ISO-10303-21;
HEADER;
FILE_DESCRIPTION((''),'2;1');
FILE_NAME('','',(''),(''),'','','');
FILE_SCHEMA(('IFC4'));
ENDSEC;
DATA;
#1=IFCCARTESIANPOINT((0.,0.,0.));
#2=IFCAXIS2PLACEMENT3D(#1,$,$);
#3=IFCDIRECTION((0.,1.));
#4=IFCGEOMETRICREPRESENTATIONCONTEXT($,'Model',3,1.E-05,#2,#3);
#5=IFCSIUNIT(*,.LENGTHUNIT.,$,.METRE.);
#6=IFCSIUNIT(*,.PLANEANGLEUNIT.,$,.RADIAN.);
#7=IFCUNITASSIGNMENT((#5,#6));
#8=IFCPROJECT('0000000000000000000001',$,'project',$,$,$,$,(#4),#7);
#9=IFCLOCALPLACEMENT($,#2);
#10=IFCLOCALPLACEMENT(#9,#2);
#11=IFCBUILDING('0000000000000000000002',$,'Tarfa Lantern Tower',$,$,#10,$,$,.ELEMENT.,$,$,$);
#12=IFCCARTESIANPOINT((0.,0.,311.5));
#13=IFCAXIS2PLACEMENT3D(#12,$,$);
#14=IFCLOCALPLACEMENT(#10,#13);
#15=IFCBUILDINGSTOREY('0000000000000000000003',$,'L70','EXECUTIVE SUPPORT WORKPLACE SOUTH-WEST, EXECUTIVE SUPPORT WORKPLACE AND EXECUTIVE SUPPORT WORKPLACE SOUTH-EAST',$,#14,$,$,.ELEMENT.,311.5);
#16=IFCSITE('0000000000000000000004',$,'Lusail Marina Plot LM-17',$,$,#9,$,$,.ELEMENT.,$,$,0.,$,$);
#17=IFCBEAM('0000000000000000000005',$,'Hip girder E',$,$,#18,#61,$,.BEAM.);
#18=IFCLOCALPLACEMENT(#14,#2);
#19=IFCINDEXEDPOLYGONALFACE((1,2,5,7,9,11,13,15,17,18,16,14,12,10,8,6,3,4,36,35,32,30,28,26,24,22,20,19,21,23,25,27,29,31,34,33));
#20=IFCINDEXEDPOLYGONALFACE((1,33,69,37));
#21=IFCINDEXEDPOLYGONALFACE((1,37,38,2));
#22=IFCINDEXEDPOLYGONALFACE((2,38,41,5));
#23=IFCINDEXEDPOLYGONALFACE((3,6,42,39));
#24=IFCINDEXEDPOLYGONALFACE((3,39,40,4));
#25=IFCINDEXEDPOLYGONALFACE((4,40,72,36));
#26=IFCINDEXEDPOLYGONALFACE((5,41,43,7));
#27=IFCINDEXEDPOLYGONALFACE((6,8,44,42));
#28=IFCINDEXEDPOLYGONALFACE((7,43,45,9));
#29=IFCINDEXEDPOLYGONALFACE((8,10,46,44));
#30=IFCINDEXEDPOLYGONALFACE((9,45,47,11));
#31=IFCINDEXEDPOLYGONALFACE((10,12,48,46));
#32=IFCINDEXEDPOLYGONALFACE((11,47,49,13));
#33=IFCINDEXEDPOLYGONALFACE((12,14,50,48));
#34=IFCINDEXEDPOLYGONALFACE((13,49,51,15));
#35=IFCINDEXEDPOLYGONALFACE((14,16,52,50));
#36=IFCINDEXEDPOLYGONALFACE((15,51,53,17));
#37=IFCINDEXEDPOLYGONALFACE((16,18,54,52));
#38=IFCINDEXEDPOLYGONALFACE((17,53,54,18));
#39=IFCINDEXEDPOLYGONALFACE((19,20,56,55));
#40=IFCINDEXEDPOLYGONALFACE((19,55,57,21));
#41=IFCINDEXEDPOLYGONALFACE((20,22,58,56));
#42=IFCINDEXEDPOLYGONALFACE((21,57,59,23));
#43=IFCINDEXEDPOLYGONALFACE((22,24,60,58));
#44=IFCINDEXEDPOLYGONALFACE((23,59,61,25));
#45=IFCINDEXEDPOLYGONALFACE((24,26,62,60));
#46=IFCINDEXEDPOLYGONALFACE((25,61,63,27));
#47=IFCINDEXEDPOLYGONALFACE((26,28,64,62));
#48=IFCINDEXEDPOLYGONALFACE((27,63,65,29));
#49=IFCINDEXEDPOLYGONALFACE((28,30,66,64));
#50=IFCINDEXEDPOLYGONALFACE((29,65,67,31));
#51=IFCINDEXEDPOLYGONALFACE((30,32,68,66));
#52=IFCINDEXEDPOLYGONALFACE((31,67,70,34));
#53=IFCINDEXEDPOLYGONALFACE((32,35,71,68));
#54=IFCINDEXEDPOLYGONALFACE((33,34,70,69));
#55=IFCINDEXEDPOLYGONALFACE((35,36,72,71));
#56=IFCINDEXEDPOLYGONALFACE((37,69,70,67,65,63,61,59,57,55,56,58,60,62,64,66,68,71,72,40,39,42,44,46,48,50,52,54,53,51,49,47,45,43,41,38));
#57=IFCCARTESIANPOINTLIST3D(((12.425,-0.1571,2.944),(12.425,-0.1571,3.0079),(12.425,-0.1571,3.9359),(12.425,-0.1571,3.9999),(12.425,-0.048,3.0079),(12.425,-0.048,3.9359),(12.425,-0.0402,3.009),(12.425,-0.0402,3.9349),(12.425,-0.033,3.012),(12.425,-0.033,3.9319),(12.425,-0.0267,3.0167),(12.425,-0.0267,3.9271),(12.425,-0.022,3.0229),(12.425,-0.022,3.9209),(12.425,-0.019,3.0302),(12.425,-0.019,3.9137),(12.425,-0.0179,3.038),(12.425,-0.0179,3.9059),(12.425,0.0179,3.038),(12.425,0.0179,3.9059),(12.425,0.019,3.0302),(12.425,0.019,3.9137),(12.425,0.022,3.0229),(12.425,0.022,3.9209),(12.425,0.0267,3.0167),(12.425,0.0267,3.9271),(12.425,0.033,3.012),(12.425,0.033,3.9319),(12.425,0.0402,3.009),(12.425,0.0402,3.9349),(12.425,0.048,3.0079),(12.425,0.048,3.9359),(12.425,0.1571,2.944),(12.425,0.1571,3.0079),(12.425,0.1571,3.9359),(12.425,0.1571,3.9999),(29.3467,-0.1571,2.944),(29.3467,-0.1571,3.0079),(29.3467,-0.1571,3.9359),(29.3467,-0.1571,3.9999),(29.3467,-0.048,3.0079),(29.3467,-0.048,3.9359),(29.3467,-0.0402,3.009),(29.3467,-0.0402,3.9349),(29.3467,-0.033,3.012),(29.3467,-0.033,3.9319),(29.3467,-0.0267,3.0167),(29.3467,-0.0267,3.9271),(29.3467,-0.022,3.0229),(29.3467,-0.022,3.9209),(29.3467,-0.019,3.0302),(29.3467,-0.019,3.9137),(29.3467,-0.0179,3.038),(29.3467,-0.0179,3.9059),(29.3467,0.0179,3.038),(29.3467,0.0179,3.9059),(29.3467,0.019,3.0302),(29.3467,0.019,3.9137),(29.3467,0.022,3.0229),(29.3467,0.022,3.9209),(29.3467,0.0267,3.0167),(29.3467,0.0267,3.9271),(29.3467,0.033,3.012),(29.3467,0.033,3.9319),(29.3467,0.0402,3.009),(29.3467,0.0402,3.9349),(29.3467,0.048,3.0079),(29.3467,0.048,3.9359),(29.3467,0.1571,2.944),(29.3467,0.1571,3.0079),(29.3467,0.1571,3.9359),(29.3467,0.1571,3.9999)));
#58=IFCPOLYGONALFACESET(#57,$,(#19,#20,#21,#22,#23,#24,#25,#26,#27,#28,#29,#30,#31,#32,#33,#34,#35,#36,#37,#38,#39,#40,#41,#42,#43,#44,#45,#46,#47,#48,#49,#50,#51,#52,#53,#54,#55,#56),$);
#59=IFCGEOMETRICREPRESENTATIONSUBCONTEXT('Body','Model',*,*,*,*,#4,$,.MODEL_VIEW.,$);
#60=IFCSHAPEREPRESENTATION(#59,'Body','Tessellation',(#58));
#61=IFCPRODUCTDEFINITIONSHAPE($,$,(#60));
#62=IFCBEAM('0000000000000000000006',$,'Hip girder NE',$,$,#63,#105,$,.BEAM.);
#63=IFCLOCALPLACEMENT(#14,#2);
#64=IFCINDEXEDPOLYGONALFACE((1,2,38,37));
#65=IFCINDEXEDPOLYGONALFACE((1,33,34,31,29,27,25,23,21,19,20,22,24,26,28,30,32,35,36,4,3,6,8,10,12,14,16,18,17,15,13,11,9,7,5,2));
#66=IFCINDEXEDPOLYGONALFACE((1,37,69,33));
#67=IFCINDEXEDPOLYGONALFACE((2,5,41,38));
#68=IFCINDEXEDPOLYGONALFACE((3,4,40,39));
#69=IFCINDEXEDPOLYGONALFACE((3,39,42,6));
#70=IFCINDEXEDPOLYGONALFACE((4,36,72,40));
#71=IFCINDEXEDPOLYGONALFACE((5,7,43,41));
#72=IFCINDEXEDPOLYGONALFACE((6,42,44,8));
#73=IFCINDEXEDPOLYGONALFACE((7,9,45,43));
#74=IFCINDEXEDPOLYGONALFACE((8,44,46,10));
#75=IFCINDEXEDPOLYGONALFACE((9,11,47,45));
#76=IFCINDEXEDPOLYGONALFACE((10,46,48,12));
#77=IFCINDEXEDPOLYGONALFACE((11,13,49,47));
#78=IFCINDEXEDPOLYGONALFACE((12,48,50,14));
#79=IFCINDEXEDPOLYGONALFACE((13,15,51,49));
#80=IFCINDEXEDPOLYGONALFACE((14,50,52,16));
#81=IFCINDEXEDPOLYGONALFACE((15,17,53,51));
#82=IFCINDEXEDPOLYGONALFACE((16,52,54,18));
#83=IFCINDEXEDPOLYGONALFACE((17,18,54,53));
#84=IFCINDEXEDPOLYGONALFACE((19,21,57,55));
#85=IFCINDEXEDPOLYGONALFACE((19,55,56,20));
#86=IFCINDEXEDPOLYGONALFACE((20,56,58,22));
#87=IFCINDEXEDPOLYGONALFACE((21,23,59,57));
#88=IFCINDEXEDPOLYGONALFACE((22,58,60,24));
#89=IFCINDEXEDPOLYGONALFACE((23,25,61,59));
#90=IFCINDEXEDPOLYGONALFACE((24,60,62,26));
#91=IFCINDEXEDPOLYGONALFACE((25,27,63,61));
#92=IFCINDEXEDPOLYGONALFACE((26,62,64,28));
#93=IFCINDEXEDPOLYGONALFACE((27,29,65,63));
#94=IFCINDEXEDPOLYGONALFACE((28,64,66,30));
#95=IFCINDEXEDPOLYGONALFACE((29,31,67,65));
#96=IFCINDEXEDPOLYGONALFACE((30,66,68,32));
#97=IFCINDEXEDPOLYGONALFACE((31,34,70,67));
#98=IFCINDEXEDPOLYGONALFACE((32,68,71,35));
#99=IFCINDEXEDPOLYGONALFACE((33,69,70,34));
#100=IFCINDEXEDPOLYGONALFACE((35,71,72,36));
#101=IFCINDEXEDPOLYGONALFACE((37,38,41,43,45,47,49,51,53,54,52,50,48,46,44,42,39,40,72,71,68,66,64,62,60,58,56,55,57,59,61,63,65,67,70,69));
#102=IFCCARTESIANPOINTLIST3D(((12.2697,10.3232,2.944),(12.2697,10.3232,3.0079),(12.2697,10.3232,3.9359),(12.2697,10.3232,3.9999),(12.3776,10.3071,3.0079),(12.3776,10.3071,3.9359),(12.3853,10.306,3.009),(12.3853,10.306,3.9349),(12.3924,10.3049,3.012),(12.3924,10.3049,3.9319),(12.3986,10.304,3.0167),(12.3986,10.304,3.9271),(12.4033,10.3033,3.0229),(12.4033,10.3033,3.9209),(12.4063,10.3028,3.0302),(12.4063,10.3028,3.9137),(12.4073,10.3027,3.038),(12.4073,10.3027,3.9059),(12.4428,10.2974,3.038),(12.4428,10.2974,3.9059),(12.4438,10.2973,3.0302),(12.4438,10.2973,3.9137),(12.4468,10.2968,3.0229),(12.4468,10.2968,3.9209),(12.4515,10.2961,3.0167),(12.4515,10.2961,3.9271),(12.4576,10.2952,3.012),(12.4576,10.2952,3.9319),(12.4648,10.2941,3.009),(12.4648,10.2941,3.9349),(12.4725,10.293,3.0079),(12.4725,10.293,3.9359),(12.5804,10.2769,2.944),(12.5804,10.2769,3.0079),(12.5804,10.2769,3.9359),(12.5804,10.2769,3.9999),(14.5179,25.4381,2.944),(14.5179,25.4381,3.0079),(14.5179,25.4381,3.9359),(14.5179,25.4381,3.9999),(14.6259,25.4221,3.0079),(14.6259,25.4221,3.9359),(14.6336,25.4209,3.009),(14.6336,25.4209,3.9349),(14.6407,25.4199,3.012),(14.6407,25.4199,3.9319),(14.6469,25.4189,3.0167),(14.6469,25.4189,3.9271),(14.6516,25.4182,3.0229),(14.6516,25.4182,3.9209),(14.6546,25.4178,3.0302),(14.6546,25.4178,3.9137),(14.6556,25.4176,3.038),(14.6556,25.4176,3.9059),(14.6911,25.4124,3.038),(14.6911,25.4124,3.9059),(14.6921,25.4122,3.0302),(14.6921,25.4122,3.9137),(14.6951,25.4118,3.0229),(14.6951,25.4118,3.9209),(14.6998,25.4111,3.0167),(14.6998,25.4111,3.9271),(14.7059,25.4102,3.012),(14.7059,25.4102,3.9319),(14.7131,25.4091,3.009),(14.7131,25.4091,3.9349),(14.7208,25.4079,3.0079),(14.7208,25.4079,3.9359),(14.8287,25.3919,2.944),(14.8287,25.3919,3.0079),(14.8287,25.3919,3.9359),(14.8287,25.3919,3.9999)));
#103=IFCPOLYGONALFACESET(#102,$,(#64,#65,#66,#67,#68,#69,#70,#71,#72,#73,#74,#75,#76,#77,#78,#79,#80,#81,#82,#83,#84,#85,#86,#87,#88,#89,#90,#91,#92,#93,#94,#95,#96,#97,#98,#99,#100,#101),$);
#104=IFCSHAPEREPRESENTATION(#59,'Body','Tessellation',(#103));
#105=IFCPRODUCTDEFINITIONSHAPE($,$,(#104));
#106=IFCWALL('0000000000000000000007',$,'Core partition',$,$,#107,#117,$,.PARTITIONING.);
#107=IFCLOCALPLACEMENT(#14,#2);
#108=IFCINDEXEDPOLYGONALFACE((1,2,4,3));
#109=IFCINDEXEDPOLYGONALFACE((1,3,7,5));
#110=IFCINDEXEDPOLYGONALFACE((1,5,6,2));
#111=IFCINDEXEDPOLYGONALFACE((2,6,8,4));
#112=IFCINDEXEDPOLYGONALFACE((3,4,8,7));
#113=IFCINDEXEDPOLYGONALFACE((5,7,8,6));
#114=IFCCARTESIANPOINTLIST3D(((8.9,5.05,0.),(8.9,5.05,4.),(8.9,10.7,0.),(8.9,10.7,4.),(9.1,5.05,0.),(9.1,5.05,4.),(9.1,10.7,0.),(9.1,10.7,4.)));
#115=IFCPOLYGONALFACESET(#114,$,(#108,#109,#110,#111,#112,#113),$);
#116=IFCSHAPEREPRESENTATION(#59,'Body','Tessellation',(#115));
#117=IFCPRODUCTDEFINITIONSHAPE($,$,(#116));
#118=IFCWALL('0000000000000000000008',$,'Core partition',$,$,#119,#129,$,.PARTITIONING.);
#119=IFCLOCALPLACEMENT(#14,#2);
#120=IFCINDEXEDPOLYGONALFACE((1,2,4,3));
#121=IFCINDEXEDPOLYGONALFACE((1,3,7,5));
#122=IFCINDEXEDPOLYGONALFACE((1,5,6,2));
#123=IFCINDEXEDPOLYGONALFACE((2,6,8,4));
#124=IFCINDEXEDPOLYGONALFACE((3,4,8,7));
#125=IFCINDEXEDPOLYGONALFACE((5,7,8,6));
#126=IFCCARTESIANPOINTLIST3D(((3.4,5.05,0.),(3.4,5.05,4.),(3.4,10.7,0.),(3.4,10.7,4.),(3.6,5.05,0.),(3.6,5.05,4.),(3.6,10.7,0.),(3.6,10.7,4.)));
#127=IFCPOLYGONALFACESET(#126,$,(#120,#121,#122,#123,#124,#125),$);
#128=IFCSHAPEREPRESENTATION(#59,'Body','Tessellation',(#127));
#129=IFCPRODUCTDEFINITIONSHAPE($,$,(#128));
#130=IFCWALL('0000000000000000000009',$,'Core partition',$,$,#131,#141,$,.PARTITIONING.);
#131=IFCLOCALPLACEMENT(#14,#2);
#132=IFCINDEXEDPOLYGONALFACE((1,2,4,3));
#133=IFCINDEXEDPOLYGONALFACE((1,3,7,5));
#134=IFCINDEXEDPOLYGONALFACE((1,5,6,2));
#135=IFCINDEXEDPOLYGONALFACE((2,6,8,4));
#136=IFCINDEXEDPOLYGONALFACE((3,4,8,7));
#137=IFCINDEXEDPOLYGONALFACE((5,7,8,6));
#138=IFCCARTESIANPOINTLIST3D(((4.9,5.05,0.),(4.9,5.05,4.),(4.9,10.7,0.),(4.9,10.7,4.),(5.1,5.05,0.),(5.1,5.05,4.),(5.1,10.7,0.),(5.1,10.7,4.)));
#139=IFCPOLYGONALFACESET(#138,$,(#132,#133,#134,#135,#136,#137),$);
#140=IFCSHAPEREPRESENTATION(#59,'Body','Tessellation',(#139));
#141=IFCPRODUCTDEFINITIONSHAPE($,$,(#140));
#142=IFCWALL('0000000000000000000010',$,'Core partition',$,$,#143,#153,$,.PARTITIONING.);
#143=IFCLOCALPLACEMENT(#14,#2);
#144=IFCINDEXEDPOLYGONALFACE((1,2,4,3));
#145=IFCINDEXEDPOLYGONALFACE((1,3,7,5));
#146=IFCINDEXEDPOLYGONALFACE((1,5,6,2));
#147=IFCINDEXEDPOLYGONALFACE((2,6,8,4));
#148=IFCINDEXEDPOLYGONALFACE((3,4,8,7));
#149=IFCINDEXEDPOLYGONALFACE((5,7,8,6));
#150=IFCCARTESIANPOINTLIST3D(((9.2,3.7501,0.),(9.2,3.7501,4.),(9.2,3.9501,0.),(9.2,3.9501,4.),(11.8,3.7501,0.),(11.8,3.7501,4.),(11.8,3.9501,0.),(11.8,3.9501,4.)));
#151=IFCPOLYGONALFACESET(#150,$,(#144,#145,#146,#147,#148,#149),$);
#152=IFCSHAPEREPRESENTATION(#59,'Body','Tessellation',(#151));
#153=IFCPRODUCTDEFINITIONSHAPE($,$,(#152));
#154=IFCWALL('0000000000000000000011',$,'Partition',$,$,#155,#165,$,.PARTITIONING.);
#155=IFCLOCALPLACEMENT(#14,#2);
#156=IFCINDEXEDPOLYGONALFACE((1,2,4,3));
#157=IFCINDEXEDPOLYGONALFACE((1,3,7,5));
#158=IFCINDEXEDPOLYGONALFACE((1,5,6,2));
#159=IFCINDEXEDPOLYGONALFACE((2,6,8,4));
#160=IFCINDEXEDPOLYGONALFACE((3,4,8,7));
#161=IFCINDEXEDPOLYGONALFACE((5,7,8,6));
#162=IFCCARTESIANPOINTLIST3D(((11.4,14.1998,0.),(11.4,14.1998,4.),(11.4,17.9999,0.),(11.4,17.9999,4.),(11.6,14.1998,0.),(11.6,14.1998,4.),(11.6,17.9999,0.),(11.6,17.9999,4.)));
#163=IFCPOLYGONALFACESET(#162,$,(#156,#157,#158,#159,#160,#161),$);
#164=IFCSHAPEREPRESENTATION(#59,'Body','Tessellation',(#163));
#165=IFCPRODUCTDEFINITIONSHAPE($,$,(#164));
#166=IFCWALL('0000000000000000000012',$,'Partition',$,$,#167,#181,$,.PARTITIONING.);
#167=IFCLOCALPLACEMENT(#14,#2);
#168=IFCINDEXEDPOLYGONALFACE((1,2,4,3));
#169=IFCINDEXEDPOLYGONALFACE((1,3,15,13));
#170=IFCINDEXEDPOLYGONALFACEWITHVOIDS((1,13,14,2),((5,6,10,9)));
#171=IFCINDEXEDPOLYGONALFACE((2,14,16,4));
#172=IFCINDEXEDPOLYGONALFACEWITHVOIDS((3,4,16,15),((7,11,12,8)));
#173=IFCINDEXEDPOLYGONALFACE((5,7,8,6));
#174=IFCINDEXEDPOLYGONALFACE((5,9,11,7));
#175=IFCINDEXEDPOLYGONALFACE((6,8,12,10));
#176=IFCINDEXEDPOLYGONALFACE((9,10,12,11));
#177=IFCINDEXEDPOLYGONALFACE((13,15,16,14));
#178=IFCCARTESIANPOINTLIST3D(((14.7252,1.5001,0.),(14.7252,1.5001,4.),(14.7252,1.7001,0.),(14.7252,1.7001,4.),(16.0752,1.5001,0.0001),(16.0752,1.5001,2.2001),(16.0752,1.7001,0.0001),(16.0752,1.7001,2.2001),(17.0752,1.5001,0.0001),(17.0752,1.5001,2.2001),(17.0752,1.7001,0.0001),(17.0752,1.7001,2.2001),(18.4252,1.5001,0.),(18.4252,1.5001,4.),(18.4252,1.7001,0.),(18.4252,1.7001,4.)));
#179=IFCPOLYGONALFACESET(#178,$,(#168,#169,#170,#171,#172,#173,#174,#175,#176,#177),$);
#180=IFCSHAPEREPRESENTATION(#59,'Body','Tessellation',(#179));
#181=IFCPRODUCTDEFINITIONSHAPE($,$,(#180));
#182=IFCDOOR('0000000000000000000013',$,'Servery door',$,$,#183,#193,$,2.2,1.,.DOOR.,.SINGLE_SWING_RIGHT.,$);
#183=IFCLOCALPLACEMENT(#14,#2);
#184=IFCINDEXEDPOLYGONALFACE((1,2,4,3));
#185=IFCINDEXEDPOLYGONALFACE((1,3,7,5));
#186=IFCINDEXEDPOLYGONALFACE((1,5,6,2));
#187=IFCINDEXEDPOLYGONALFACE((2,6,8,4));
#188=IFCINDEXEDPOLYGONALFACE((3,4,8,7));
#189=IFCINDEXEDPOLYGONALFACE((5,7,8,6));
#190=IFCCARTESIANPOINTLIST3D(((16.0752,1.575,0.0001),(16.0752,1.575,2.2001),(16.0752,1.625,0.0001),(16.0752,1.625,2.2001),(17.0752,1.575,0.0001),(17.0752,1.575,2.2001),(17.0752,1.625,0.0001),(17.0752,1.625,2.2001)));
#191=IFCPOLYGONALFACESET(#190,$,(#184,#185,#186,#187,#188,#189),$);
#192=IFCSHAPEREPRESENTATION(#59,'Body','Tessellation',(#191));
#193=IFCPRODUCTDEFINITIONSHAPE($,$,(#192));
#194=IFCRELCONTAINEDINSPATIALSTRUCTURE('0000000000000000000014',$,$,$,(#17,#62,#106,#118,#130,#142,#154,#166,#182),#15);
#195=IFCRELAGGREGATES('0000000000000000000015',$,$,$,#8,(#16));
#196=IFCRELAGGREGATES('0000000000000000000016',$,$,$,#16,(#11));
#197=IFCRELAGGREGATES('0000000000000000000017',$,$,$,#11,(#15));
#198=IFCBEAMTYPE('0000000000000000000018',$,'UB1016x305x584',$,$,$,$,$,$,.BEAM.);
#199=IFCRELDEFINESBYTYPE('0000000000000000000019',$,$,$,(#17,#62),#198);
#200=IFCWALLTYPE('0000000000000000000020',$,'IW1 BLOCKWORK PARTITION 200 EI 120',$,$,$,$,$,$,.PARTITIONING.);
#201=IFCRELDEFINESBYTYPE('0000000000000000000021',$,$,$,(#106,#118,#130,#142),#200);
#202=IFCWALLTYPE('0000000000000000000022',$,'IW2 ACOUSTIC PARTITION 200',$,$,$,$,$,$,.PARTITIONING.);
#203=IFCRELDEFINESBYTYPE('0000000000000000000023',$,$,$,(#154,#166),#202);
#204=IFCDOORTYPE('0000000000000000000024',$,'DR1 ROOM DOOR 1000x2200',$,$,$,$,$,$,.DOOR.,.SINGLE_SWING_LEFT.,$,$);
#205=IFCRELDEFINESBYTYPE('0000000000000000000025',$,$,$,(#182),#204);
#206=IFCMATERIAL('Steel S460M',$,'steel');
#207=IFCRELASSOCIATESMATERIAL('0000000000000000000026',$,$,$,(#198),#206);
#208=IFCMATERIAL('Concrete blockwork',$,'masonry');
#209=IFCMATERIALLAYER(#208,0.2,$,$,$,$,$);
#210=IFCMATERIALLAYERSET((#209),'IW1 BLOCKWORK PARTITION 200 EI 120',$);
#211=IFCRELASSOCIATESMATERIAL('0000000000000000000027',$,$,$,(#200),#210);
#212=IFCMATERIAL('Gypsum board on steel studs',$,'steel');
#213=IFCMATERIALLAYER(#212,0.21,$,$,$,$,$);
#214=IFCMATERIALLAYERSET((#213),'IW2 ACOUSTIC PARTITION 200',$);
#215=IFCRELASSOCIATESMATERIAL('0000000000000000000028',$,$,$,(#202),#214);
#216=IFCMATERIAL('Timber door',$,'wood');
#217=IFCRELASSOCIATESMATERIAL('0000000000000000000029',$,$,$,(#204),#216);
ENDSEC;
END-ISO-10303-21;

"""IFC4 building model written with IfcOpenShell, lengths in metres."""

from ifc_helpers import new_model, si_unit, direction, frame, frame_2d, origin, origin_2d, place, context, subcontext, project, spatial, rectangle, i_section, extrude, material, layer, layer_set, material_profile, profile_set, type_object, element, fill, save


model = new_model("IFC4")

# Units and contexts
model_context = context("Model", 3, precision=1e-05, world=origin(), true_north=direction((0.0, 1.0)))
body_context = subcontext(model_context, "Body", "Model", "MODEL_VIEW")
ifc_project = project(units=[si_unit("LENGTHUNIT", "METRE"), si_unit("PLANEANGLEUNIT", "RADIAN")], contexts=[model_context])

# Site, building, storey
site_placement = place(None, origin())
site = spatial("IfcSite", under=ifc_project, at=site_placement, Name="Lusail Marina Plot LM-17", CompositionType="ELEMENT", RefElevation=0.0)
building_placement = place(site_placement, origin())
building = spatial("IfcBuilding", under=site, at=building_placement, Name="Tarfa Lantern Tower", CompositionType="ELEMENT")
storey_placement = place(building_placement, frame((0.0, 0.0, 311.5)))
storey = spatial("IfcBuildingStorey", under=building, at=storey_placement, Name="L70", Description="EXECUTIVE SUPPORT WORKPLACE SOUTH-WEST, EXECUTIVE SUPPORT WORKPLACE AND EXECUTIVE SUPPORT WORKPLACE SOUTH-EAST", CompositionType="ELEMENT", Elevation=311.5)

# Beams
ifc_material_1 = material(Name="Steel S460M", Category="steel")
ifc_material_profile = material_profile(ifc_material_1, i_section(OverallWidth=0.3142, OverallDepth=1.0559, WebThickness=0.0359, FlangeThickness=0.064, FilletRadius=0.03, at=origin_2d()), Name="UB1016x305x584")
ifc_profile_set = profile_set([ifc_material_profile], Name="Steel S460M")
beam_type = type_object("IfcBeamType", Name="UB1016x305x584", PredefinedType="BEAM", material=ifc_profile_set)
beam_1_placement = place(storey_placement, frame((12.425, 0.0, 3.4719), z_axis=(1.0, 0.0, 0.0), x_axis=(0.0, 1.0, 0.0)))
element("IfcBeam", 1, at=beam_1_placement, inside=storey, type_object=beam_type, Name="Hip girder E", PredefinedType="BEAM", context=body_context, shape_type="SweptSolid", body=[
    extrude(i_section(OverallWidth=0.3142, OverallDepth=1.0559, WebThickness=0.0359, FlangeThickness=0.064, FilletRadius=0.03, at=origin_2d()), origin(), (0.0, 0.0, 1.0), 16.9216),
])
beam_2_placement = place(storey_placement, frame((12.425, 10.3, 3.4719), z_axis=(0.147127, 0.989118, 0.0), x_axis=(-0.989118, 0.147127, 0.0)))
element("IfcBeam", 2, at=beam_2_placement, inside=storey, type_object=beam_type, Name="Hip girder NE", PredefinedType="BEAM", context=body_context, shape_type="SweptSolid", body=[
    extrude(i_section(OverallWidth=0.3142, OverallDepth=1.0559, WebThickness=0.0359, FlangeThickness=0.064, FilletRadius=0.03, at=origin_2d()), origin(), (0.0, 0.0, 1.0), 15.2812),
])

# Walls
ifc_material_2 = material(Name="Concrete blockwork", Category="masonry")
ifc_layer_1 = layer(ifc_material_2, 0.2)
ifc_layer_set_1 = layer_set([ifc_layer_1], Name="IW1 BLOCKWORK PARTITION 200 EI 120")
wall_type_1 = type_object("IfcWallType", Name="IW1 BLOCKWORK PARTITION 200 EI 120", PredefinedType="PARTITIONING", material=ifc_layer_set_1)
for number, where, z_axis, x_axis, name in (
    (3, (9.0, 5.05, 0.0), (0.0, 0.0, 1.0), (0.0, 1.0, 0.0), "Core partition"),
    (4, (3.5, 5.05, 0.0), (0.0, 0.0, 1.0), (0.0, 1.0, 0.0), "Core partition"),
    (5, (5.0, 5.05, 0.0), (0.0, 0.0, 1.0), (0.0, 1.0, 0.0), "Core partition"),
):
    element("IfcWall", number, at=place(storey_placement, frame(where, z_axis=z_axis, x_axis=x_axis)), inside=storey, type_object=wall_type_1, Name=name, PredefinedType="PARTITIONING", context=body_context, shape_type="SweptSolid", body=[
        extrude(rectangle(XDim=5.6499, YDim=0.2, at=frame_2d((2.825, 0.0))), origin(), (0.0, 0.0, 1.0), 4.0),
    ])
wall_1_placement = place(storey_placement, frame((9.2, 3.8501, 0.0), z_axis=(0.0, 0.0, 1.0), x_axis=(1.0, 0.0, 0.0)))
element("IfcWall", 6, at=wall_1_placement, inside=storey, type_object=wall_type_1, Name="Core partition", PredefinedType="PARTITIONING", context=body_context, shape_type="SweptSolid", body=[
    extrude(rectangle(XDim=2.6001, YDim=0.2, at=frame_2d((1.3, 0.0))), origin(), (0.0, 0.0, 1.0), 4.0),
])
ifc_material_3 = material(Name="Gypsum board on steel studs", Category="steel")
ifc_layer_2 = layer(ifc_material_3, 0.21)
ifc_layer_set_2 = layer_set([ifc_layer_2], Name="IW2 ACOUSTIC PARTITION 200")
wall_type_2 = type_object("IfcWallType", Name="IW2 ACOUSTIC PARTITION 200", PredefinedType="PARTITIONING", material=ifc_layer_set_2)
wall_2_placement = place(storey_placement, frame((11.5, 14.2, 0.0), z_axis=(0.0, 0.0, 1.0), x_axis=(0.0, 1.0, 0.0)))
element("IfcWall", 7, at=wall_2_placement, inside=storey, type_object=wall_type_2, Name="Partition", PredefinedType="PARTITIONING", context=body_context, shape_type="SweptSolid", body=[
    extrude(rectangle(XDim=3.8, YDim=0.2, at=frame_2d((1.8999, 0.0))), origin(), (0.0, 0.0, 1.0), 4.0),
])

# Wall, opening, door
wall_3_placement = place(storey_placement, frame((14.7251, 1.6001, 0.0), z_axis=(0.0, 0.0, 1.0), x_axis=(1.0, 0.0, 0.0)))
wall_3 = element("IfcWall", 8, at=wall_3_placement, inside=storey, type_object=wall_type_2, Name="Partition", PredefinedType="PARTITIONING", context=body_context, shape_type="SweptSolid", body=[
    extrude(rectangle(XDim=3.7, YDim=0.2, at=frame_2d((1.8501, 0.0))), origin(), (0.0, 0.0, 1.0), 4.0),
])
opening_1_placement = place(wall_3_placement, frame((1.3501, 0.0, 0.0)))
opening_1 = element("IfcOpeningElement", 9, at=opening_1_placement, cuts=wall_3, PredefinedType="OPENING", context=body_context, shape_type="SweptSolid", body=[
    extrude(rectangle(XDim=1.0, YDim=2.2, at=frame_2d((0.5, 1.1001))), frame((0.0, 0.1099, 0.0), z_axis=(0.0, -1.0, 0.0), x_axis=(1.0, 0.0, 0.0)), (0.0, 0.0, 1.0), 0.22),
])
ifc_material_4 = material(Name="Timber door", Category="wood")
door_type_1 = type_object("IfcDoorType", Name="DR1 ROOM DOOR 1000x2200", OperationType="SINGLE_SWING_LEFT", PredefinedType="DOOR", material=ifc_material_4)
door_1_placement = place(opening_1_placement, origin())
door_1 = element("IfcDoor", 10, at=door_1_placement, inside=storey, type_object=door_type_1, Name="Servery door", OperationType="SINGLE_SWING_RIGHT", OverallHeight=2.2, OverallWidth=1.0, PredefinedType="DOOR", context=body_context, shape_type="SweptSolid", body=[
    extrude(rectangle(XDim=1.0, YDim=2.2, at=frame_2d((0.5, 1.1001))), frame((0.0, 0.0249, 0.0), z_axis=(0.0, -1.0, 0.0), x_axis=(1.0, 0.0, 0.0)), (0.0, 0.0, 1.0), 0.05),
])
fill(opening_1, door_1)

save(model, "model.ifc")
